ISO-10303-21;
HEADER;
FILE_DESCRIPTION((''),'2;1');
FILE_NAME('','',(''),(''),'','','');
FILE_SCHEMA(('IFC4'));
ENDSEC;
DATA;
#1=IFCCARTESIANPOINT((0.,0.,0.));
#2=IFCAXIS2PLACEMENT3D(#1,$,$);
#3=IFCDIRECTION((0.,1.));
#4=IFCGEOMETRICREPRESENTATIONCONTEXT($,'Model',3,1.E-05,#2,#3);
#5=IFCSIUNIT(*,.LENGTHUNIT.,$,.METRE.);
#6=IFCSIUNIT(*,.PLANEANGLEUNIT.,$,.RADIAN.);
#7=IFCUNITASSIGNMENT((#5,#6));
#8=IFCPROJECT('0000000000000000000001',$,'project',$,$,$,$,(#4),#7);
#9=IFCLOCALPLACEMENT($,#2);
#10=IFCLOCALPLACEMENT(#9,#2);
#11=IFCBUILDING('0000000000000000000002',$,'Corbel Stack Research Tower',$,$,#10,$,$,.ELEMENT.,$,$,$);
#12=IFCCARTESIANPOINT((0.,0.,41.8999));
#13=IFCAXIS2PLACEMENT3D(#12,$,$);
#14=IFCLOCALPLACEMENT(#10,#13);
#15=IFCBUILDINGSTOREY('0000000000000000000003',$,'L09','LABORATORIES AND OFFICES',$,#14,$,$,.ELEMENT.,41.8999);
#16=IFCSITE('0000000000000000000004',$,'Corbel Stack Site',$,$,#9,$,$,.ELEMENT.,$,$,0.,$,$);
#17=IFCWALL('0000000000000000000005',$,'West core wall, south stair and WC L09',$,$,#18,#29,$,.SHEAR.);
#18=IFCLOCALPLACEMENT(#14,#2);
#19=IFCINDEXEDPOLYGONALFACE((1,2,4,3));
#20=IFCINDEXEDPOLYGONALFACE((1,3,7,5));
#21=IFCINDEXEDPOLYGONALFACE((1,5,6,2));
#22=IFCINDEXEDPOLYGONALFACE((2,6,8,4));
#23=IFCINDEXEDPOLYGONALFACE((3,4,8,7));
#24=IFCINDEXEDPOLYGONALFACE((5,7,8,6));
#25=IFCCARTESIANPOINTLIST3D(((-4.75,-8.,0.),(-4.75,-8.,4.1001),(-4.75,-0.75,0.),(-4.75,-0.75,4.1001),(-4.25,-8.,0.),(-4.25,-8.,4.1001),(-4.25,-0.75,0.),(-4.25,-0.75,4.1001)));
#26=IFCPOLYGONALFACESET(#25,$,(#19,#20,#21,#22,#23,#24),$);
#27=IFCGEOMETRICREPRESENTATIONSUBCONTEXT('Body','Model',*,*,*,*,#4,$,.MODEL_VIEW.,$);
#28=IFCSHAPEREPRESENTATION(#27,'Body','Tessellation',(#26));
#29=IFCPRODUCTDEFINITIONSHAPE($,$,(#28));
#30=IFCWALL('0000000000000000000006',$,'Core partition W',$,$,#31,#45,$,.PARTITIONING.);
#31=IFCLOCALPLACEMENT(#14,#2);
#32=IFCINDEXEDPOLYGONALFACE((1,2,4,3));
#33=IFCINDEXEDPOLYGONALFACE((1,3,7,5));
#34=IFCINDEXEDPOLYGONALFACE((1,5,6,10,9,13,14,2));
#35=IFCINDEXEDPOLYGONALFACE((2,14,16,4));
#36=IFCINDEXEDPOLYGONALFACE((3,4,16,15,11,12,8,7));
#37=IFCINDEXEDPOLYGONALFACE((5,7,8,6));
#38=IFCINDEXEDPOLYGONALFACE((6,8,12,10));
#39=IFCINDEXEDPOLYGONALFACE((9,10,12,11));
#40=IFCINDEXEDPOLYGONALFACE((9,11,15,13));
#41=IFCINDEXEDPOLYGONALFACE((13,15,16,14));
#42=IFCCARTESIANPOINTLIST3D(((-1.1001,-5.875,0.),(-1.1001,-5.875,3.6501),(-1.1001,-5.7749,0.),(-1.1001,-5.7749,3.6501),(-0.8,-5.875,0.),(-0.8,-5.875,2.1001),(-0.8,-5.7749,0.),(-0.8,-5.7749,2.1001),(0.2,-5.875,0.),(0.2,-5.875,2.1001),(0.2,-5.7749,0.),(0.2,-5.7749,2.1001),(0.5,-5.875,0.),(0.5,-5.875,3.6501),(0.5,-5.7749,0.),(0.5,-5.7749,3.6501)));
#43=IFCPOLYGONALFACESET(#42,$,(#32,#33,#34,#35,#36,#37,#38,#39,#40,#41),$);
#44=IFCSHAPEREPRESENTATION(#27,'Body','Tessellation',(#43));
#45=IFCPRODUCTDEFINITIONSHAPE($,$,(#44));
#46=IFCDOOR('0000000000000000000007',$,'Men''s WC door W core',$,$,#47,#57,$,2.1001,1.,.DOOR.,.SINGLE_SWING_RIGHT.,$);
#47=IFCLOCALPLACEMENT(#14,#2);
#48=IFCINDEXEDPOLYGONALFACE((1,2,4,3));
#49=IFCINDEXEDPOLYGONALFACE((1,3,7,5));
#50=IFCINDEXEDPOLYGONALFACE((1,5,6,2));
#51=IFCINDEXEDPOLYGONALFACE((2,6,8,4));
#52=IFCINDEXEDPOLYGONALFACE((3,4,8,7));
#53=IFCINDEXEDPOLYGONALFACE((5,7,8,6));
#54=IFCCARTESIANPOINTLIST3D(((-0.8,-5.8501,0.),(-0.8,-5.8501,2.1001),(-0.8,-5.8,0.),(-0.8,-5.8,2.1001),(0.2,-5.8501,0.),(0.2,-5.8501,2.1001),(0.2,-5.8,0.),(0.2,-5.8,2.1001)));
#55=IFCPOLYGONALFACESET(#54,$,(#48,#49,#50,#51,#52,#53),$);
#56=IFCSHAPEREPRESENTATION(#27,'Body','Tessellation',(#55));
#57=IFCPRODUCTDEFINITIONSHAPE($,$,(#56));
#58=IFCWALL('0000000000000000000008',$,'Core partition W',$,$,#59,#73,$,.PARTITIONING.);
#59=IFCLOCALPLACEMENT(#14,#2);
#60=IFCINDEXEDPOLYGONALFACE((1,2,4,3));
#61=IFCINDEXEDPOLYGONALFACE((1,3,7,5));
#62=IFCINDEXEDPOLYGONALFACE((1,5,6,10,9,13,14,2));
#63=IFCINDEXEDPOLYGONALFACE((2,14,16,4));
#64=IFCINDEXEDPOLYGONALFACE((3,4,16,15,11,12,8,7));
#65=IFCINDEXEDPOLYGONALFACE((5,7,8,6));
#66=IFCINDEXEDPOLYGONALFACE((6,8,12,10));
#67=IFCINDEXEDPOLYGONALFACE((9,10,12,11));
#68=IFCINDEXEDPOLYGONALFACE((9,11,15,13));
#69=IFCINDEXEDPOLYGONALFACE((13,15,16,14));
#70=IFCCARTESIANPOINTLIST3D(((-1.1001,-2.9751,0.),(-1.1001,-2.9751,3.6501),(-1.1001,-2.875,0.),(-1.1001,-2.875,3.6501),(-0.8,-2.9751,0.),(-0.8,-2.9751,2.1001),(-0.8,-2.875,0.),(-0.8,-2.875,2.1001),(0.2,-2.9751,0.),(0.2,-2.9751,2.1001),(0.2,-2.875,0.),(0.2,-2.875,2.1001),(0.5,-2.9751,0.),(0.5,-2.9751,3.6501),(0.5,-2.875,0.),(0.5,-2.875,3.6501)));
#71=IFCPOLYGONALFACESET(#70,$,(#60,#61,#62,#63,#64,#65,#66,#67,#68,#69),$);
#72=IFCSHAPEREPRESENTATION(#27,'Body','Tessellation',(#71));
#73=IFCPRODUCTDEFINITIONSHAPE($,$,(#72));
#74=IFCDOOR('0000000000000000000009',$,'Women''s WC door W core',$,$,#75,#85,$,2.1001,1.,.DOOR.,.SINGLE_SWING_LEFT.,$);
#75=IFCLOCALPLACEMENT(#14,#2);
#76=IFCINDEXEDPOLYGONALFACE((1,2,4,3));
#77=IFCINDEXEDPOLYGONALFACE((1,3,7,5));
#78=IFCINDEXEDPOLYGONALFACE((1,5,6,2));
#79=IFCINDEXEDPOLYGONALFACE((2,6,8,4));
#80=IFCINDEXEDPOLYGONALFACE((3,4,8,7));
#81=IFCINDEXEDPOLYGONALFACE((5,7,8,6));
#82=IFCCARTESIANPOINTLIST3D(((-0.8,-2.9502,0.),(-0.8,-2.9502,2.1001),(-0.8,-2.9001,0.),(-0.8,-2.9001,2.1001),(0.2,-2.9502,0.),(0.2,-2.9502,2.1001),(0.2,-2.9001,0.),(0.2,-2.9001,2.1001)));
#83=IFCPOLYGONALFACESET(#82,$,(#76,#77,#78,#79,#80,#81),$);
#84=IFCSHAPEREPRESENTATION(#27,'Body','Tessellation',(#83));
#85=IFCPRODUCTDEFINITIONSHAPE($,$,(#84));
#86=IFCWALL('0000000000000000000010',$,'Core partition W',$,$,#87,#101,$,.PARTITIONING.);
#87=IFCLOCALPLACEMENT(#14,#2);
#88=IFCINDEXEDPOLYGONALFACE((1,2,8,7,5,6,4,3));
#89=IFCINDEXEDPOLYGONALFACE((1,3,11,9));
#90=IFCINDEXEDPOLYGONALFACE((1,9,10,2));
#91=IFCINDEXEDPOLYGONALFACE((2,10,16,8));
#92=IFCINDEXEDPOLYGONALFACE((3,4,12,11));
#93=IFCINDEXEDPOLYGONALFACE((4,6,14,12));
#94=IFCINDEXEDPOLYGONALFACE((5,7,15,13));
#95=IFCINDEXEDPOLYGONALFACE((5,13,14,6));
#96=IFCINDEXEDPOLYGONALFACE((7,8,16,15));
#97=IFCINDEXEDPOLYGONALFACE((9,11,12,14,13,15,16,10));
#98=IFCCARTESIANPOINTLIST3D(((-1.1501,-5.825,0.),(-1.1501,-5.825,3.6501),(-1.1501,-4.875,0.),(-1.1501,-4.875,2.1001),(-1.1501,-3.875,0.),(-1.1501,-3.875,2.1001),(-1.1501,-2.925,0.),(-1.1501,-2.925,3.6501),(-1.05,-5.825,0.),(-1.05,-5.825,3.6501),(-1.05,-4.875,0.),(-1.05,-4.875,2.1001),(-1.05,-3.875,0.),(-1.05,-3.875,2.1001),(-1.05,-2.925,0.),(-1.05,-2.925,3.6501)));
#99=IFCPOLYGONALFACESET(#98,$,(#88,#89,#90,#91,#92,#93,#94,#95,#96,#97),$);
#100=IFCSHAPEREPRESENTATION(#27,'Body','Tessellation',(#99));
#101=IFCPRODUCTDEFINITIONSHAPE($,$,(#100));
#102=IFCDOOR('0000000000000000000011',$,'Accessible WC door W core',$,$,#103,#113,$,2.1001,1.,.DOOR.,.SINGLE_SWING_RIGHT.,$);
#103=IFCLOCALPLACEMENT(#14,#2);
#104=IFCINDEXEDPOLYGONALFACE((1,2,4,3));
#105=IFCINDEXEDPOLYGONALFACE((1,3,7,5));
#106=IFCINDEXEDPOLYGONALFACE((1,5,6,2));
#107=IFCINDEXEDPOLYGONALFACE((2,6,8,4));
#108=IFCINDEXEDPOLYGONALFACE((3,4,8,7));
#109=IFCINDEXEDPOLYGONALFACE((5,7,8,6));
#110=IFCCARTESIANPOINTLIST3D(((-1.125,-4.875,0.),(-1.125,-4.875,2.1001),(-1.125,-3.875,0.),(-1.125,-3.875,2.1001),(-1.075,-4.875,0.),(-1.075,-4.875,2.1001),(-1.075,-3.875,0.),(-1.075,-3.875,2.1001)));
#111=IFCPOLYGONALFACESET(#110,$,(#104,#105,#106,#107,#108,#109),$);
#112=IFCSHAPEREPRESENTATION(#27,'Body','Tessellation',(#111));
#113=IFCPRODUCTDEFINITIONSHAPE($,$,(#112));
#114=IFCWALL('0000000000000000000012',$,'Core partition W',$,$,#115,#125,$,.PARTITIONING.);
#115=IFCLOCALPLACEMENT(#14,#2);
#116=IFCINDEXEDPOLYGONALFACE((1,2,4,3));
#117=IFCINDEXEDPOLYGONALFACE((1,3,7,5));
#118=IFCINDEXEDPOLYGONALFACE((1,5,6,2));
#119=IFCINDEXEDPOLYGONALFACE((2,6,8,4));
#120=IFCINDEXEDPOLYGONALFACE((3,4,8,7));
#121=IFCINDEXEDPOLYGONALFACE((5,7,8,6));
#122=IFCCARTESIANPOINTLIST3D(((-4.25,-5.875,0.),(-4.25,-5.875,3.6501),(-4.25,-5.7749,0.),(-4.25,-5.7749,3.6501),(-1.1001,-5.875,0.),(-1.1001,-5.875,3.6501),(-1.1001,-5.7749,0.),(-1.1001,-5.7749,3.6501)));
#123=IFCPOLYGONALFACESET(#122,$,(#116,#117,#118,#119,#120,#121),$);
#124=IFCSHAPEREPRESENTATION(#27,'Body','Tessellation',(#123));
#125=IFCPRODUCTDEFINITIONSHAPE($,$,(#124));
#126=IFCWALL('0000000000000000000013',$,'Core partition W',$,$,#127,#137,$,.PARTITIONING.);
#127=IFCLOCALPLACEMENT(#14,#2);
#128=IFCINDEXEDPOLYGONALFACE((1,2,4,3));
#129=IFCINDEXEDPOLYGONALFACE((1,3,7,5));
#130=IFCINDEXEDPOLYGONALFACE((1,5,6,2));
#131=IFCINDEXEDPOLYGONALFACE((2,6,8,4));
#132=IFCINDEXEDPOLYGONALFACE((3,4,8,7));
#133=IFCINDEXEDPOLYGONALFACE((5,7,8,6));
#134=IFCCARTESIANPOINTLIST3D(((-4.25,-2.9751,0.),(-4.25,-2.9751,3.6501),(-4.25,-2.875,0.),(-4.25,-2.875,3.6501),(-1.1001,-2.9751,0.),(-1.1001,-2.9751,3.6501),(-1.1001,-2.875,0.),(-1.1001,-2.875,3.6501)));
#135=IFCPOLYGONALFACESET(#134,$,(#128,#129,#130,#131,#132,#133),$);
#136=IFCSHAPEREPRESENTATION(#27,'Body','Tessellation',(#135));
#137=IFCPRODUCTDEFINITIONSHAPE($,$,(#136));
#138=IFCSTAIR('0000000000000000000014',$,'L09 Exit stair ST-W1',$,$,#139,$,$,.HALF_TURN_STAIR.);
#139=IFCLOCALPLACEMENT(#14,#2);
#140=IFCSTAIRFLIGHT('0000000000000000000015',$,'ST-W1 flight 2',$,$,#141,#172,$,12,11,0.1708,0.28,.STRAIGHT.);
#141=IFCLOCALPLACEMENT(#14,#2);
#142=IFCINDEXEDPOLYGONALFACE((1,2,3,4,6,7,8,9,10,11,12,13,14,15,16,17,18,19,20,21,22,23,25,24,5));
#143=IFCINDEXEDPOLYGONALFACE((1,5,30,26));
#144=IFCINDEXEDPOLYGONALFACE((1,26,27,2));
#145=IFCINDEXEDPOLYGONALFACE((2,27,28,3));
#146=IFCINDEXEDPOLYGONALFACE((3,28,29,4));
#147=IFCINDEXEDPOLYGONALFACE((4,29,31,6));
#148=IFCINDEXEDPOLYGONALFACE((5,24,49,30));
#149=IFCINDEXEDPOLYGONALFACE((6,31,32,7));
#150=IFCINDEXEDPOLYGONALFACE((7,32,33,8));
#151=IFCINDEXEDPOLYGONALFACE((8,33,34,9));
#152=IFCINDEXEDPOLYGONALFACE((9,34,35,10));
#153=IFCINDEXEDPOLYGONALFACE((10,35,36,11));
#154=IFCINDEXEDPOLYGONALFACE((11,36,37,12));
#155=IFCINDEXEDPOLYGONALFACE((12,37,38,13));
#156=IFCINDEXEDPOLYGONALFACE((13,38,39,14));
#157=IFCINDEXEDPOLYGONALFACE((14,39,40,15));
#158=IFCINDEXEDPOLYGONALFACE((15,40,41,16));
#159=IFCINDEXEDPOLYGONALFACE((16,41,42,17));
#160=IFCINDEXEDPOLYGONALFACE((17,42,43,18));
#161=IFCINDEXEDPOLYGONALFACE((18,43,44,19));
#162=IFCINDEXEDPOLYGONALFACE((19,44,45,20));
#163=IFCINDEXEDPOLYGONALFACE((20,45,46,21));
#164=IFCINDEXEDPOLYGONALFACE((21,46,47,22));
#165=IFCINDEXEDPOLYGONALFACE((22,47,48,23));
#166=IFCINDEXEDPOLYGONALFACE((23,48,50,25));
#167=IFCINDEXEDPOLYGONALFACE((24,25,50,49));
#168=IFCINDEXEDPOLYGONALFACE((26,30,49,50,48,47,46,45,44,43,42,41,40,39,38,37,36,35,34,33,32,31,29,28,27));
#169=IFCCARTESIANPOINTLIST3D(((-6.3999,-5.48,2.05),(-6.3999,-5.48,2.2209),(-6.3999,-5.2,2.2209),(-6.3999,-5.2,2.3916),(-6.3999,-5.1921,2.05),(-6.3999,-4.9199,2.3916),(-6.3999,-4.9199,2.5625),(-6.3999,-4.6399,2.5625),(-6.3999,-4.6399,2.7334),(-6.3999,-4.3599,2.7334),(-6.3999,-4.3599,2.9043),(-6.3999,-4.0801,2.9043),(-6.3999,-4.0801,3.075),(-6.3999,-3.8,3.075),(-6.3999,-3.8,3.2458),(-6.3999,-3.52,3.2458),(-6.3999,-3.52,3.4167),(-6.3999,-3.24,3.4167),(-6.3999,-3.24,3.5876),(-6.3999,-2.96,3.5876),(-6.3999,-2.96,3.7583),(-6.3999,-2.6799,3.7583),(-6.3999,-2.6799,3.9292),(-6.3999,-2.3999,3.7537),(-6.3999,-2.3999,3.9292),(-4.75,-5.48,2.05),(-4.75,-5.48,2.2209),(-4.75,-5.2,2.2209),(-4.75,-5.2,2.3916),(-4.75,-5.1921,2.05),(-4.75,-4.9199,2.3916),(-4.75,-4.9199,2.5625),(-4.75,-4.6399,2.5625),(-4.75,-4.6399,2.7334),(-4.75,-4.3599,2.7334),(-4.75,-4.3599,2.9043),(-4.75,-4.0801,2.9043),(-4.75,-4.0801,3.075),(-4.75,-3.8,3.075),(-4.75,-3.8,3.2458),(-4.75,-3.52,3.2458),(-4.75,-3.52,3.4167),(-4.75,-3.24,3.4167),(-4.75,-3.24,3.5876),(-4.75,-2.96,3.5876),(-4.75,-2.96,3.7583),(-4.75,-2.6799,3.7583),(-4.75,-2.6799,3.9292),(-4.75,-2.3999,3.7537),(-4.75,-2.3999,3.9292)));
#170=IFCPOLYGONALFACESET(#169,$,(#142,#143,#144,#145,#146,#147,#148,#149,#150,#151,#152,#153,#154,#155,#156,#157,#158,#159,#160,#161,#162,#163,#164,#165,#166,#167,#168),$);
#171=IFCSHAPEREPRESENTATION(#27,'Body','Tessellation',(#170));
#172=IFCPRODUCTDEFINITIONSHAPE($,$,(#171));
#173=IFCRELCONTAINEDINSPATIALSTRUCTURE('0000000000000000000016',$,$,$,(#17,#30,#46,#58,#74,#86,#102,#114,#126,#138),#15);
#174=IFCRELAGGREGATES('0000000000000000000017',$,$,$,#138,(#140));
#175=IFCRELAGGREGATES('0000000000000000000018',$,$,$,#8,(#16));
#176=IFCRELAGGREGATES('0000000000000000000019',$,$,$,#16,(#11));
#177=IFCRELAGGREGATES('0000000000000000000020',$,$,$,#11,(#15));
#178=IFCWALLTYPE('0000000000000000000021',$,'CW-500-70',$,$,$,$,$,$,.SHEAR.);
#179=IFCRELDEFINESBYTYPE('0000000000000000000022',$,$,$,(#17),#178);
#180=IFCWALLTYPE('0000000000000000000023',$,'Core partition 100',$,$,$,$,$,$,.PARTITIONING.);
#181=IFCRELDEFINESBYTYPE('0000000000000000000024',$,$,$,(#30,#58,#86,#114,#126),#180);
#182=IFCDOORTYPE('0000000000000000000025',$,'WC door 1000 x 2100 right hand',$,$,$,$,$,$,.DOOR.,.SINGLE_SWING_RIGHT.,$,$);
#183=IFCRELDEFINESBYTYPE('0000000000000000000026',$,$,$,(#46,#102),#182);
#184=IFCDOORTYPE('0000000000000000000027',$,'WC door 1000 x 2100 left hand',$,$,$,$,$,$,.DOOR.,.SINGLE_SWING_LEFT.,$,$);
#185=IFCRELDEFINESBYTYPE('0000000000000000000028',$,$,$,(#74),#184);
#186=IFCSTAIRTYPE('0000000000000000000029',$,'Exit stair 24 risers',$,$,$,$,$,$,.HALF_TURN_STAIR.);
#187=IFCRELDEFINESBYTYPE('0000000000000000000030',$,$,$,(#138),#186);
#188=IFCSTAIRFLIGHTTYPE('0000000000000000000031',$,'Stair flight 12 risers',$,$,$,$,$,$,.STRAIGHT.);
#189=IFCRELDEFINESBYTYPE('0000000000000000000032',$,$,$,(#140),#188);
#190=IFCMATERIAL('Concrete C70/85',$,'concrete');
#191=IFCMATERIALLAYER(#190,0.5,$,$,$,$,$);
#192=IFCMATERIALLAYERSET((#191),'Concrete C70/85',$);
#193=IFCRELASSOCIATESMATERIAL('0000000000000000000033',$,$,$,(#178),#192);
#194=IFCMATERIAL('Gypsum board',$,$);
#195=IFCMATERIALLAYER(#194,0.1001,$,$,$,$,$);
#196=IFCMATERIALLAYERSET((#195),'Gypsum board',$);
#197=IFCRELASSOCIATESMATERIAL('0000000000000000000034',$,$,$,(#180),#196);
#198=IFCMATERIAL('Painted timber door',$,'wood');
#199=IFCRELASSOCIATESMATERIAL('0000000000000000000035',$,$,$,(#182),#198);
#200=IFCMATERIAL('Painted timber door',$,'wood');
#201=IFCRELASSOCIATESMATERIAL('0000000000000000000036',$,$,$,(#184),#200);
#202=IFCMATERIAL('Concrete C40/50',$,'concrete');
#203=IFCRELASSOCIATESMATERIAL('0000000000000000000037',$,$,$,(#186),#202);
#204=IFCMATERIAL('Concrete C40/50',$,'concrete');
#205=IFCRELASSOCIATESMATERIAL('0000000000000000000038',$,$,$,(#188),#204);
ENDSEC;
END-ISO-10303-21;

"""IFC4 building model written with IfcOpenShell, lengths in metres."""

from ifc_helpers import new_model, si_unit, direction, frame, frame_2d, origin, place, context, subcontext, project, spatial, polyline, rectangle, outline, extrude, material, layer, layer_set, type_object, element, fill, aggregate, save


model = new_model("IFC4")

# Units and contexts
model_context = context("Model", 3, precision=1e-05, world=origin(), true_north=direction((0.0, 1.0)))
body_context = subcontext(model_context, "Body", "Model", "MODEL_VIEW")
ifc_project = project(units=[si_unit("LENGTHUNIT", "METRE"), si_unit("PLANEANGLEUNIT", "RADIAN")], contexts=[model_context])

# Site, building, storey
site_placement = place(None, origin())
site = spatial("IfcSite", under=ifc_project, at=site_placement, Name="Corbel Stack Site", CompositionType="ELEMENT", RefElevation=0.0)
building_placement = place(site_placement, origin())
building = spatial("IfcBuilding", under=site, at=building_placement, Name="Corbel Stack Research Tower", CompositionType="ELEMENT")
storey_placement = place(building_placement, frame((0.0, 0.0, 41.8999)))
storey = spatial("IfcBuildingStorey", under=building, at=storey_placement, Name="L09", Description="LABORATORIES AND OFFICES", CompositionType="ELEMENT", Elevation=41.8999)

# Wall
ifc_material_1 = material(Name="Concrete C70/85", Category="concrete")
ifc_layer_1 = layer(ifc_material_1, 0.5)
ifc_layer_set_1 = layer_set([ifc_layer_1], Name="Concrete C70/85")
wall_type_1 = type_object("IfcWallType", Name="CW-500-70", PredefinedType="SHEAR", material=ifc_layer_set_1)
wall_1_placement = place(storey_placement, frame((-4.5, -8.0, 0.0), z_axis=(0.0, 0.0, 1.0), x_axis=(0.0, 1.0, 0.0)))
element("IfcWall", 1, at=wall_1_placement, inside=storey, type_object=wall_type_1, Name="West core wall, south stair and WC L09", PredefinedType="SHEAR", context=body_context, shape_type="SweptSolid", body=[
    extrude(rectangle(XDim=7.25, YDim=0.5, at=frame_2d((3.625, 0.0))), origin(), (0.0, 0.0, 1.0), 4.1001),
])

# Walls, openings, doors
ifc_material_2 = material(Name="Gypsum board")
ifc_layer_2 = layer(ifc_material_2, 0.1001)
ifc_layer_set_2 = layer_set([ifc_layer_2], Name="Gypsum board")
wall_type_2 = type_object("IfcWallType", Name="Core partition 100", PredefinedType="PARTITIONING", material=ifc_layer_set_2)
wall_2_placement = place(storey_placement, frame((-1.1001, -5.825, 0.0), z_axis=(0.0, 0.0, 1.0), x_axis=(1.0, 0.0, 0.0)))
wall_2 = element("IfcWall", 2, at=wall_2_placement, inside=storey, type_object=wall_type_2, Name="Core partition W", PredefinedType="PARTITIONING", context=body_context, shape_type="SweptSolid", body=[
    extrude(rectangle(XDim=1.6001, YDim=0.1001, at=frame_2d((0.8, 0.0))), origin(), (0.0, 0.0, 1.0), 3.6501),
])
opening_1_placement = place(wall_2_placement, frame((0.3, 0.0, 0.0)))
opening_1 = element("IfcOpeningElement", 3, at=opening_1_placement, cuts=wall_2, PredefinedType="OPENING", context=body_context, shape_type="SweptSolid", body=[
    extrude(rectangle(XDim=1.0, YDim=2.1001, at=frame_2d((0.5, 1.05))), frame((0.0, 0.0601, 0.0), z_axis=(0.0, -1.0, 0.0), x_axis=(1.0, 0.0, 0.0)), (0.0, 0.0, 1.0), 0.1201),
])
ifc_material_3 = material(Name="Painted timber door", Category="wood")
door_type_1 = type_object("IfcDoorType", Name="WC door 1000 x 2100 right hand", OperationType="SINGLE_SWING_RIGHT", PredefinedType="DOOR", material=ifc_material_3)
door_1_placement = place(opening_1_placement, origin())
door_1 = element("IfcDoor", 4, at=door_1_placement, inside=storey, type_object=door_type_1, Name="Men's WC door W core", OperationType="SINGLE_SWING_RIGHT", OverallHeight=2.1001, OverallWidth=1.0, PredefinedType="DOOR", context=body_context, shape_type="SweptSolid", body=[
    extrude(rectangle(XDim=1.0, YDim=2.1001, at=frame_2d((0.5, 1.05))), frame((0.0, 0.0249, 0.0), z_axis=(0.0, -1.0, 0.0), x_axis=(1.0, 0.0, 0.0)), (0.0, 0.0, 1.0), 0.05),
])
fill(opening_1, door_1)
wall_3_placement = place(storey_placement, frame((-1.1001, -2.925, 0.0), z_axis=(0.0, 0.0, 1.0), x_axis=(1.0, 0.0, 0.0)))
wall_3 = element("IfcWall", 5, at=wall_3_placement, inside=storey, type_object=wall_type_2, Name="Core partition W", PredefinedType="PARTITIONING", context=body_context, shape_type="SweptSolid", body=[
    extrude(rectangle(XDim=1.6001, YDim=0.1001, at=frame_2d((0.8, 0.0))), origin(), (0.0, 0.0, 1.0), 3.6501),
])
opening_2_placement = place(wall_3_placement, frame((0.3, 0.0, 0.0)))
opening_2 = element("IfcOpeningElement", 6, at=opening_2_placement, cuts=wall_3, PredefinedType="OPENING", context=body_context, shape_type="SweptSolid", body=[
    extrude(rectangle(XDim=1.0, YDim=2.1001, at=frame_2d((0.5, 1.05))), frame((0.0, 0.0601, 0.0), z_axis=(0.0, -1.0, 0.0), x_axis=(1.0, 0.0, 0.0)), (0.0, 0.0, 1.0), 0.1201),
])
ifc_material_4 = material(Name="Painted timber door", Category="wood")
door_type_2 = type_object("IfcDoorType", Name="WC door 1000 x 2100 left hand", OperationType="SINGLE_SWING_LEFT", PredefinedType="DOOR", material=ifc_material_4)
door_2_placement = place(opening_2_placement, origin())
door_2 = element("IfcDoor", 7, at=door_2_placement, inside=storey, type_object=door_type_2, Name="Women's WC door W core", OperationType="SINGLE_SWING_LEFT", OverallHeight=2.1001, OverallWidth=1.0, PredefinedType="DOOR", context=body_context, shape_type="SweptSolid", body=[
    extrude(rectangle(XDim=1.0, YDim=2.1001, at=frame_2d((0.5, 1.05))), frame((0.0, 0.0249, 0.0), z_axis=(0.0, -1.0, 0.0), x_axis=(1.0, 0.0, 0.0)), (0.0, 0.0, 1.0), 0.05),
])
fill(opening_2, door_2)
wall_4_placement = place(storey_placement, frame((-1.1001, -5.825, 0.0), z_axis=(0.0, 0.0, 1.0), x_axis=(0.0, 1.0, 0.0)))
wall_4 = element("IfcWall", 8, at=wall_4_placement, inside=storey, type_object=wall_type_2, Name="Core partition W", PredefinedType="PARTITIONING", context=body_context, shape_type="SweptSolid", body=[
    extrude(rectangle(XDim=2.8999, YDim=0.1001, at=frame_2d((1.45, 0.0))), origin(), (0.0, 0.0, 1.0), 3.6501),
])
opening_3_placement = place(wall_4_placement, frame((0.95, 0.0, 0.0)))
opening_3 = element("IfcOpeningElement", 9, at=opening_3_placement, cuts=wall_4, PredefinedType="OPENING", context=body_context, shape_type="SweptSolid", body=[
    extrude(rectangle(XDim=1.0, YDim=2.1001, at=frame_2d((0.5, 1.05))), frame((0.0, 0.0601, 0.0), z_axis=(0.0, -1.0, 0.0), x_axis=(1.0, 0.0, 0.0)), (0.0, 0.0, 1.0), 0.1201),
])
door_3_placement = place(opening_3_placement, origin())
door_3 = element("IfcDoor", 10, at=door_3_placement, inside=storey, type_object=door_type_1, Name="Accessible WC door W core", OperationType="SINGLE_SWING_RIGHT", OverallHeight=2.1001, OverallWidth=1.0, PredefinedType="DOOR", context=body_context, shape_type="SweptSolid", body=[
    extrude(rectangle(XDim=1.0, YDim=2.1001, at=frame_2d((0.5, 1.05))), frame((0.0, 0.0249, 0.0), z_axis=(0.0, -1.0, 0.0), x_axis=(1.0, 0.0, 0.0)), (0.0, 0.0, 1.0), 0.05),
])
fill(opening_3, door_3)

# Walls
for number, where, z_axis, x_axis, name in (
    (11, (-4.25, -5.825, 0.0), (0.0, 0.0, 1.0), (1.0, 0.0, 0.0), "Core partition W"),
    (12, (-4.25, -2.925, 0.0), (0.0, 0.0, 1.0), (1.0, 0.0, 0.0), "Core partition W"),
):
    element("IfcWall", number, at=place(storey_placement, frame(where, z_axis=z_axis, x_axis=x_axis)), inside=storey, type_object=wall_type_2, Name=name, PredefinedType="PARTITIONING", context=body_context, shape_type="SweptSolid", body=[
        extrude(rectangle(XDim=3.1499, YDim=0.1001, at=frame_2d((1.575, 0.0))), origin(), (0.0, 0.0, 1.0), 3.6501),
    ])

# Stair, stair flight
ifc_material_5 = material(Name="Concrete C40/50", Category="concrete")
stair_type = type_object("IfcStairType", Name="Exit stair 24 risers", PredefinedType="HALF_TURN_STAIR", material=ifc_material_5)
stair_placement = place(storey_placement, origin())
stair = element("IfcStair", 13, at=stair_placement, inside=storey, type_object=stair_type, Name="L09 Exit stair ST-W1", PredefinedType="HALF_TURN_STAIR")
ifc_material_6 = material(Name="Concrete C40/50", Category="concrete")
stair_flight_type = type_object("IfcStairFlightType", Name="Stair flight 12 risers", PredefinedType="STRAIGHT", material=ifc_material_6)
stair_flight_placement = place(storey_placement, frame((-5.575, -5.48, 2.05), z_axis=(0.0, 0.0, 1.0), x_axis=(0.0, 1.0, 0.0)))
stair_flight = element("IfcStairFlight", 14, at=stair_flight_placement, type_object=stair_flight_type, Name="ST-W1 flight 2", NumberOfRisers=12, NumberOfTreads=11, PredefinedType="STRAIGHT", RiserHeight=0.1708, TreadLength=0.28, context=body_context, shape_type="SweptSolid", body=[
    extrude(outline(polyline([(0.0, 0.0), (0.0, 0.1709), (0.28, 0.1709), (0.28, 0.3416), (0.5601, 0.3416), (0.5601, 0.5125), (0.8401, 0.5125), (0.8401, 0.6833), (1.1201, 0.6833), (1.1201, 0.8542), (1.3999, 0.8542), (1.3999, 1.0249), (1.6799, 1.0249), (1.6799, 1.1958), (1.96, 1.1958), (1.96, 1.3667), (2.24, 1.3667), (2.24, 1.5376), (2.52, 1.5376), (2.52, 1.7083), (2.8, 1.7083), (2.8, 1.8792), (3.0801, 1.8792), (3.0801, 2.05), (3.0801, 1.7036), (0.2878, 0.0), (0.0, 0.0)])), frame((0.0, 0.825, 0.0), z_axis=(0.0, -1.0, 0.0), x_axis=(1.0, 0.0, 0.0)), (0.0, 0.0, 1.0), 1.6499),
])
aggregate(stair, [stair_flight])

save(model, "model.ifc")
